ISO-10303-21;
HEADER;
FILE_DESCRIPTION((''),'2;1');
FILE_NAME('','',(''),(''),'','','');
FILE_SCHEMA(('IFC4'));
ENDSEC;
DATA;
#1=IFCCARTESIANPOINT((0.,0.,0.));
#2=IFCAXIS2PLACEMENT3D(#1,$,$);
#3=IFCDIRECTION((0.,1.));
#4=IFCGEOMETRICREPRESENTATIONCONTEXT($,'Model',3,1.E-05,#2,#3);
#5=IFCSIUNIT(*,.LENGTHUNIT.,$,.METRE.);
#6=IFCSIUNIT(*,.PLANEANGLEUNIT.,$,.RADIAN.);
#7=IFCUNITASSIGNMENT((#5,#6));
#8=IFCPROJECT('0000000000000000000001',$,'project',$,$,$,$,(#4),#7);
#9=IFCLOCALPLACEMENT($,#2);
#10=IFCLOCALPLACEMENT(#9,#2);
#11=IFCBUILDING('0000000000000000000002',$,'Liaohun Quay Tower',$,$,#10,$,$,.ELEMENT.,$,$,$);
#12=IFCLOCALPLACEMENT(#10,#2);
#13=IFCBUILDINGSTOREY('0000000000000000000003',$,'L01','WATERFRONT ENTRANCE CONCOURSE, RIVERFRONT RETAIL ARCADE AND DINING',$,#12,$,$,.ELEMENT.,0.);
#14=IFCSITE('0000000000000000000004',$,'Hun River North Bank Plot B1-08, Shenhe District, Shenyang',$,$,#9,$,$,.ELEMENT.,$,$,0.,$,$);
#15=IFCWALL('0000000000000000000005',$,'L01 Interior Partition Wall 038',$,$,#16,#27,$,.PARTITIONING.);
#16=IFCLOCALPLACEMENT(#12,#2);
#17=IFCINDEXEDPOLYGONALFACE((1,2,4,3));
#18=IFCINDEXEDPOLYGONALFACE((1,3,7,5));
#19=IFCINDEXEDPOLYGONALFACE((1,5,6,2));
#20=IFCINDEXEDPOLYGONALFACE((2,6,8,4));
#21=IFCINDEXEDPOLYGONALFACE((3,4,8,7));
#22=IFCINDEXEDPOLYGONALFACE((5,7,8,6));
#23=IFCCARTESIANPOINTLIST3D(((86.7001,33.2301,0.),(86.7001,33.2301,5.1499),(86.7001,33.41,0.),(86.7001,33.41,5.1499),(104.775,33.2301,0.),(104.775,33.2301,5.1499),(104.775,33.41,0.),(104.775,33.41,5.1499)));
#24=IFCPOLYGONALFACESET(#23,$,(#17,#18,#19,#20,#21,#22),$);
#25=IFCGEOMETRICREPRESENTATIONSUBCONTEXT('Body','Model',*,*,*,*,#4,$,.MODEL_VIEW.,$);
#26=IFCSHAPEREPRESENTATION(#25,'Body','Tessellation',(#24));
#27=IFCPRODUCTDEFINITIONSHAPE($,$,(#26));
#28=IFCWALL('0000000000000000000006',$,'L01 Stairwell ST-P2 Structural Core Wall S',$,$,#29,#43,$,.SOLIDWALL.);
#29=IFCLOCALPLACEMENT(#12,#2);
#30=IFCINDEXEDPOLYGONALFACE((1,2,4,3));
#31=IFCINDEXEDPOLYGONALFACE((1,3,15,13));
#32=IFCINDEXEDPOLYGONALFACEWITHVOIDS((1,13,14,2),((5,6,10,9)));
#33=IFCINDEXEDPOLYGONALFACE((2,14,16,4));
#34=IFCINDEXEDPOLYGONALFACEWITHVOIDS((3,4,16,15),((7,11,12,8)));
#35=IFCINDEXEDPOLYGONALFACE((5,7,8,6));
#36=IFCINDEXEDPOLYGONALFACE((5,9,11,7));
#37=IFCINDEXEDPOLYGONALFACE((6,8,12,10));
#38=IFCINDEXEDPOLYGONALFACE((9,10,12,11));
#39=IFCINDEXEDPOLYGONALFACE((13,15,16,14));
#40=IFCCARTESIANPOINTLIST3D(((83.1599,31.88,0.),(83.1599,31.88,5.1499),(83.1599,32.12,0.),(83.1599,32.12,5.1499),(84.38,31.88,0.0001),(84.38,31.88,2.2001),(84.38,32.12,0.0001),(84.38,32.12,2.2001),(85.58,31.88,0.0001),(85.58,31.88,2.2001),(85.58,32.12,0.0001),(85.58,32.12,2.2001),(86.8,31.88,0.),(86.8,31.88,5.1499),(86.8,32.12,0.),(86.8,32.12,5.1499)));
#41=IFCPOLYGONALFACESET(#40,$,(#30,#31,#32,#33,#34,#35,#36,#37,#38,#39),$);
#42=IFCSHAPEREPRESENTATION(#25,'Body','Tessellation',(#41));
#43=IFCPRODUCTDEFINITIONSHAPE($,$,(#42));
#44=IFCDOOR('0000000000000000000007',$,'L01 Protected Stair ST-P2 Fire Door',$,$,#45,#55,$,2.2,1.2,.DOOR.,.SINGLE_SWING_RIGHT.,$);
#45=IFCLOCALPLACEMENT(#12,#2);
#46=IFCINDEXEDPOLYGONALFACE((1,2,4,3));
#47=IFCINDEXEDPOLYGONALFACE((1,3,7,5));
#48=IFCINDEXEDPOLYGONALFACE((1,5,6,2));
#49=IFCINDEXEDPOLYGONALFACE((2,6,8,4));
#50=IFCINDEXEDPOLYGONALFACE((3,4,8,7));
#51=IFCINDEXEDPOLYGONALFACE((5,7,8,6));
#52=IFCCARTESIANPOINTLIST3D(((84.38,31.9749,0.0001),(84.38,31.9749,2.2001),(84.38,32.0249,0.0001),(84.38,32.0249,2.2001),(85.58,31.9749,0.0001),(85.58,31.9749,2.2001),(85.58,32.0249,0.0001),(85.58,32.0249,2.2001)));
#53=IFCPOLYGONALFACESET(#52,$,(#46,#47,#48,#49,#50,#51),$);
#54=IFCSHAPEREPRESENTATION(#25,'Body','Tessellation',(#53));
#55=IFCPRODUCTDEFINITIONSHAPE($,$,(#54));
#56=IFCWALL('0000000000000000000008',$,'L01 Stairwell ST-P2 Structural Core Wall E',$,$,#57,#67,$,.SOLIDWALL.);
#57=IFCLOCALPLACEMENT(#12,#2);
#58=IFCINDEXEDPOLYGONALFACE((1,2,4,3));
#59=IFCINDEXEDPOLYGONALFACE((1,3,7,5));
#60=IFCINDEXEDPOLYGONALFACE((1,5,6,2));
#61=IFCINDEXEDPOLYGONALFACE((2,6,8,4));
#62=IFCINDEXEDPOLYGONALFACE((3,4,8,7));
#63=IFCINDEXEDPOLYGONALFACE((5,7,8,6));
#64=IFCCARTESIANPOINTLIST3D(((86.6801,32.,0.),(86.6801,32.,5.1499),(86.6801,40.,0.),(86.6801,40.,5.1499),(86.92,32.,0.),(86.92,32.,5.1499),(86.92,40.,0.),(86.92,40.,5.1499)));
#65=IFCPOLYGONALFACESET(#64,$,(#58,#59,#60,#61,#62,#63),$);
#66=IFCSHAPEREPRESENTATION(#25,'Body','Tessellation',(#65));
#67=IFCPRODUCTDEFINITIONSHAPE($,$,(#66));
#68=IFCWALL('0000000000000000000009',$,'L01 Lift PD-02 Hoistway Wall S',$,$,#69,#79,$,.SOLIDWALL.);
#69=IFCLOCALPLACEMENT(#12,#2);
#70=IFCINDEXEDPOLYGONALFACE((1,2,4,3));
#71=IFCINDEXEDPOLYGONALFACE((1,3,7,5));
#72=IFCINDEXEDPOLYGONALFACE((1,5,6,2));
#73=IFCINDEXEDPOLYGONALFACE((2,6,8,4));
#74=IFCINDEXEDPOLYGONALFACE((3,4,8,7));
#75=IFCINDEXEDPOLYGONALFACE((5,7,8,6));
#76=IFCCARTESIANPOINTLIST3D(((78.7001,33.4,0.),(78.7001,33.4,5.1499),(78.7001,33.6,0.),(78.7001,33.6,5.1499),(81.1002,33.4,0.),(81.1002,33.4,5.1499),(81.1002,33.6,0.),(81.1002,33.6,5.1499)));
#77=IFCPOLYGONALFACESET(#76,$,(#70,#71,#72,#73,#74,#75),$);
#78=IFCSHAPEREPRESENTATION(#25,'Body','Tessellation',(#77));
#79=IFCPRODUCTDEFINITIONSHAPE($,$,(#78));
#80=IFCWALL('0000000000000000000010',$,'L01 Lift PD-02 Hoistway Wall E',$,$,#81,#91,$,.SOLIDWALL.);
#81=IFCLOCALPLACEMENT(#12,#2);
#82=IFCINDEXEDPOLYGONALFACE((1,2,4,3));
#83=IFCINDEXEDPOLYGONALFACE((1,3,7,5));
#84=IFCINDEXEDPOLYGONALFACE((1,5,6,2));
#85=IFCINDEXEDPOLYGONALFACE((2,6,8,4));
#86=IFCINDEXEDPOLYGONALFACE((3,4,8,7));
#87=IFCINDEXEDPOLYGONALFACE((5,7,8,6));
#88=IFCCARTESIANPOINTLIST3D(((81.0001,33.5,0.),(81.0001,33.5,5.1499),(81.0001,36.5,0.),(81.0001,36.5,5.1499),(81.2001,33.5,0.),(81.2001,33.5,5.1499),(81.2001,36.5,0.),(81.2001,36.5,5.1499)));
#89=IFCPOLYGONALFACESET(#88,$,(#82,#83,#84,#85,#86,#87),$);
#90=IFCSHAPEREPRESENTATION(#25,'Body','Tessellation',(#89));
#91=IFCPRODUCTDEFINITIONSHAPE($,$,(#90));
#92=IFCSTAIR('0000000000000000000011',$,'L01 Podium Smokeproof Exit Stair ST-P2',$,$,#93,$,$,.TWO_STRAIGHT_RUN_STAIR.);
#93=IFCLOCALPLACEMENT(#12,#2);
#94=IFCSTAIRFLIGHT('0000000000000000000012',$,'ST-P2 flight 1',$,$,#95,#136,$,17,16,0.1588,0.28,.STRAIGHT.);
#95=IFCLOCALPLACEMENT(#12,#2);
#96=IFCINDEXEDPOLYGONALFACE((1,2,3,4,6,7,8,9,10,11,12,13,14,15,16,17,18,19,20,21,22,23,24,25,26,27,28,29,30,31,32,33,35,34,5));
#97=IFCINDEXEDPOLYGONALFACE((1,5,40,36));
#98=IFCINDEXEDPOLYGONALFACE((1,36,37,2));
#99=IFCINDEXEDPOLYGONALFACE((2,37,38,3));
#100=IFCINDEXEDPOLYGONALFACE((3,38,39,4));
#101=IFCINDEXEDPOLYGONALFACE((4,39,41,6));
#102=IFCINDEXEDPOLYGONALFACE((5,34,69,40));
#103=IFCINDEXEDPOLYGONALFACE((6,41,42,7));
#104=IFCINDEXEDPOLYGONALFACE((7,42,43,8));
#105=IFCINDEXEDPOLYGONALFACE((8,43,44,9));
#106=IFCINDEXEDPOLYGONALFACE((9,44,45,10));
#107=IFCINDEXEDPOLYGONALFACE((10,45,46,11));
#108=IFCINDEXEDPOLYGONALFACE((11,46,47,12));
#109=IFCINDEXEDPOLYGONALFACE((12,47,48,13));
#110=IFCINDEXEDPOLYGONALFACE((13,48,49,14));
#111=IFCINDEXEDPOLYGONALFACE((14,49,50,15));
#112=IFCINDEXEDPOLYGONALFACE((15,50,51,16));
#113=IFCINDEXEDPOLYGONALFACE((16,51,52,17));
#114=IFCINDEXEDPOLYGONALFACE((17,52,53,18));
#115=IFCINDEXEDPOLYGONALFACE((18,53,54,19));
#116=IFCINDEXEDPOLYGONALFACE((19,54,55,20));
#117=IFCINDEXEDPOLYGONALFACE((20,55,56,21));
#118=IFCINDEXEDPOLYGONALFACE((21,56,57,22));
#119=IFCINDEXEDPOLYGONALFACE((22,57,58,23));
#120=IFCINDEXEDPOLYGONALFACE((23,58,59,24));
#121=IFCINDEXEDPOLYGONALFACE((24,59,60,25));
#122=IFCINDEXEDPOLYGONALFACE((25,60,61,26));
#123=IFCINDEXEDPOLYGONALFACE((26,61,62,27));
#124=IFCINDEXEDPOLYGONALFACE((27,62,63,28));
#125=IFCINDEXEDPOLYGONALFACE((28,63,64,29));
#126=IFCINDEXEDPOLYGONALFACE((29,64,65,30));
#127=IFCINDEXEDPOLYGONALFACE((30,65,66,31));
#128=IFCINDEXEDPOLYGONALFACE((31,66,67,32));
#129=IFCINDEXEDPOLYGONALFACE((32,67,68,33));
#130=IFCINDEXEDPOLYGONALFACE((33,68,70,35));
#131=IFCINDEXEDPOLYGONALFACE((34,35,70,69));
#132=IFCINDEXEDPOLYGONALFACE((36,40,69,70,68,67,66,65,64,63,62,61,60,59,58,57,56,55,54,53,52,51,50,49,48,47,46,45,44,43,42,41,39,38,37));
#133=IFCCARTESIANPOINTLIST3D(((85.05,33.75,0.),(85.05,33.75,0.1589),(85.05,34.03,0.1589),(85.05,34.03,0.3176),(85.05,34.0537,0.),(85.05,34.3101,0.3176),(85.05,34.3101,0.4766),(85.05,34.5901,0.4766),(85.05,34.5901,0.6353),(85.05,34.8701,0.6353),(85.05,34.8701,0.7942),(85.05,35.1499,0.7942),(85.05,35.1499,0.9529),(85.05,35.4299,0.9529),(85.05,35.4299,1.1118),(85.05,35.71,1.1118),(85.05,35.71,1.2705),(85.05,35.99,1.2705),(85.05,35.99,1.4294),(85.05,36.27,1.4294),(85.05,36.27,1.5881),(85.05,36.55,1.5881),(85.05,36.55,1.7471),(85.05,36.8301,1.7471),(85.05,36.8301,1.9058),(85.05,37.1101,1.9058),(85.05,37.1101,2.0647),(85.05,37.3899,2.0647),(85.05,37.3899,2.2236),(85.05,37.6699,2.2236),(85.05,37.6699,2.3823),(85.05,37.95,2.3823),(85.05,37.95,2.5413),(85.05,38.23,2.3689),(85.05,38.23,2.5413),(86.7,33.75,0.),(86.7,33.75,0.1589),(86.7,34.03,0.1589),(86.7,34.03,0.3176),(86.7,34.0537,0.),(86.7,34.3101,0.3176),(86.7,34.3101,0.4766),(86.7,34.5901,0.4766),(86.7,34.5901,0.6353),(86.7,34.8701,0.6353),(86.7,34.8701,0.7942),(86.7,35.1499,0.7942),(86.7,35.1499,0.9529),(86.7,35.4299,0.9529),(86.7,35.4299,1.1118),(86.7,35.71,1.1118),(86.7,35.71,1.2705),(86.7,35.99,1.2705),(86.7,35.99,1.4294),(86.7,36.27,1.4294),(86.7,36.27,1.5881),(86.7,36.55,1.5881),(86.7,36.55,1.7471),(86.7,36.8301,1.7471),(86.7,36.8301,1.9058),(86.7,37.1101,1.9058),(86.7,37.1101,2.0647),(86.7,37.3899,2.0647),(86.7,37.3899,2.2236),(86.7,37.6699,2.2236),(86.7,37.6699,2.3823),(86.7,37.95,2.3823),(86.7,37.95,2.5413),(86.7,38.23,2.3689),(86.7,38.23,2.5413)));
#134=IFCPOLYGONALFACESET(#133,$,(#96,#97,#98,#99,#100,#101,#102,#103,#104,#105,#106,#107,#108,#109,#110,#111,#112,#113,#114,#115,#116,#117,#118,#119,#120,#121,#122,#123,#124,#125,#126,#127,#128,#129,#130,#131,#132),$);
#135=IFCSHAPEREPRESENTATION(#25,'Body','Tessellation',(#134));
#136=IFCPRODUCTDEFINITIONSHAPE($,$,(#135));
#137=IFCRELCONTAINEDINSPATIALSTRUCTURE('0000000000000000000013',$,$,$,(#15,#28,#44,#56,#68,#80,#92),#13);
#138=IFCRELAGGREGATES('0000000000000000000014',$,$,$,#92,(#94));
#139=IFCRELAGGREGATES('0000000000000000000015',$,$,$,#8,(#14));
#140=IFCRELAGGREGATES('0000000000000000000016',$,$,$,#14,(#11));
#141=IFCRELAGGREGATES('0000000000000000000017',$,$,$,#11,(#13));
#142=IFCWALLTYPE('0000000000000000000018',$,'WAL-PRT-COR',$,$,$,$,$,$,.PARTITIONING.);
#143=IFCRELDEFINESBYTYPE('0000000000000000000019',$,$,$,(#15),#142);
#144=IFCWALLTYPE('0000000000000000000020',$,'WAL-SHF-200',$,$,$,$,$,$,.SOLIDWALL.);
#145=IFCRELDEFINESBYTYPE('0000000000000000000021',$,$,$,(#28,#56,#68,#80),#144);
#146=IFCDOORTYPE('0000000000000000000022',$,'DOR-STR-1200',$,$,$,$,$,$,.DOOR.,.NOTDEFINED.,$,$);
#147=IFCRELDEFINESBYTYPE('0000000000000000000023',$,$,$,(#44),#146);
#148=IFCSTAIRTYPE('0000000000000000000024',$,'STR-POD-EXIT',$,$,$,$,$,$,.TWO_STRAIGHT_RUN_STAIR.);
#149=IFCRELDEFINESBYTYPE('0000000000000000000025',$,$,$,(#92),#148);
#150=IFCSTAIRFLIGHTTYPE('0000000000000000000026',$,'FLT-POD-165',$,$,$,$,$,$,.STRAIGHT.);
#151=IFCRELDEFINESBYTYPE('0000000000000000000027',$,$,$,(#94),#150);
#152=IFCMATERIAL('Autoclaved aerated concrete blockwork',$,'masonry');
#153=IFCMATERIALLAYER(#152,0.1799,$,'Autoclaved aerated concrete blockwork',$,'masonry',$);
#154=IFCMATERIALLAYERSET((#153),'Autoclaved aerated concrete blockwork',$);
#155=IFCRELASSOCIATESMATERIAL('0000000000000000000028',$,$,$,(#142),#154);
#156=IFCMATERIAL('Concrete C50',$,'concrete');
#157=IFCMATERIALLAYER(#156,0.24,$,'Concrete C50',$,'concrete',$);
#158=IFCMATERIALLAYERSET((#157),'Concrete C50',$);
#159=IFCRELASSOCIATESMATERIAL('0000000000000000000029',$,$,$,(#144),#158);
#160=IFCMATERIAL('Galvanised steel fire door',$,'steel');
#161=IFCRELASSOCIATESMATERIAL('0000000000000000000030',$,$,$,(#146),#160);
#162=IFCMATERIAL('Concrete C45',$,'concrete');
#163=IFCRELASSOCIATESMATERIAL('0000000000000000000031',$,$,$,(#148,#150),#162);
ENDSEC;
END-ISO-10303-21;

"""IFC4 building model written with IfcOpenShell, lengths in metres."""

from ifc_helpers import new_model, si_unit, direction, frame, frame_2d, origin, place, context, subcontext, project, spatial, polyline, rectangle, outline, extrude, source, transform, mapped, material, layer, layer_set, type_object, element, fill, aggregate, save


model = new_model("IFC4")

# Units and contexts
model_context = context("Model", 3, precision=1e-05, world=origin(), true_north=direction((0.0, 1.0)))
body_context = subcontext(model_context, "Body", "Model", "MODEL_VIEW")
ifc_project = project(units=[si_unit("LENGTHUNIT", "METRE"), si_unit("PLANEANGLEUNIT", "RADIAN")], contexts=[model_context])

# Site, building, storey
site_placement = place(None, origin())
site = spatial("IfcSite", under=ifc_project, at=site_placement, Name="Hun River North Bank Plot B1-08, Shenhe District, Shenyang", CompositionType="ELEMENT", RefElevation=0.0)
building_placement = place(site_placement, origin())
building = spatial("IfcBuilding", under=site, at=building_placement, Name="Liaohun Quay Tower", CompositionType="ELEMENT")
storey_placement = place(building_placement, origin())
storey = spatial("IfcBuildingStorey", under=building, at=storey_placement, Name="L01", Description="WATERFRONT ENTRANCE CONCOURSE, RIVERFRONT RETAIL ARCADE AND DINING", CompositionType="ELEMENT", Elevation=0.0)

# Shared definitions
ifc_material_1 = material(Name="Autoclaved aerated concrete blockwork", Category="masonry")
ifc_layer_1 = layer(ifc_material_1, 0.1799, Name="Autoclaved aerated concrete blockwork", Category="masonry")
ifc_layer_set_1 = layer_set([ifc_layer_1], Name="Autoclaved aerated concrete blockwork")
wall_type_1 = type_object("IfcWallType", Name="WAL-PRT-COR", PredefinedType="PARTITIONING", material=ifc_layer_set_1)

# Wall
wall_1_placement = place(storey_placement, frame((86.7, 33.3201, 0.0), z_axis=(0.0, 0.0, 1.0), x_axis=(1.0, 0.0, 0.0)))
element("IfcWall", 1, at=wall_1_placement, inside=storey, type_object=wall_type_1, Name="L01 Interior Partition Wall 038", PredefinedType="PARTITIONING", context=body_context, shape_type="SweptSolid", body=[
    extrude(rectangle(XDim=18.075, YDim=0.1799, at=frame_2d((9.0376, 0.0))), origin(), (0.0, 0.0, 1.0), 5.1499),
])

# Wall, opening, door
ifc_material_2 = material(Name="Concrete C50", Category="concrete")
ifc_layer_2 = layer(ifc_material_2, 0.24, Name="Concrete C50", Category="concrete")
ifc_layer_set_2 = layer_set([ifc_layer_2], Name="Concrete C50")
wall_type_2 = type_object("IfcWallType", Name="WAL-SHF-200", PredefinedType="SOLIDWALL", material=ifc_layer_set_2)
wall_2_placement = place(storey_placement, frame((83.1599, 32.0, 0.0), z_axis=(0.0, 0.0, 1.0), x_axis=(1.0, 0.0, 0.0)))
wall_2 = element("IfcWall", 2, at=wall_2_placement, inside=storey, type_object=wall_type_2, Name="L01 Stairwell ST-P2 Structural Core Wall S", PredefinedType="SOLIDWALL", context=body_context, shape_type="SweptSolid", body=[
    extrude(rectangle(XDim=3.6401, YDim=0.24, at=frame_2d((1.8201, 0.0))), origin(), (0.0, 0.0, 1.0), 5.1499),
])
shared_shape_1 = source(origin(), body_context, "Body", "SweptSolid", [
    extrude(rectangle(XDim=1.2, YDim=2.2, at=frame_2d((0.6001, 1.1001))), frame((0.0, 0.1299, 0.0), z_axis=(0.0, -1.0, 0.0), x_axis=(1.0, 0.0, 0.0)), (0.0, 0.0, 1.0), 0.26),
])
opening_1_placement = place(wall_2_placement, frame((1.22, 0.0, 0.0)))
opening_1 = element("IfcOpeningElement", 3, at=opening_1_placement, cuts=wall_2, PredefinedType="OPENING", context=body_context, shape_type="MappedRepresentation", body=[
    mapped(shared_shape_1, transform((0.0, 0.0, 0.0), x_axis=(1.0, 0.0, 0.0), y_axis=(0.0, 1.0, 0.0), z_axis=(0.0, 0.0, 1.0), scale=1.0)),
])
ifc_material_3 = material(Name="Galvanised steel fire door", Category="steel")
door_type_1 = type_object("IfcDoorType", Name="DOR-STR-1200", OperationType="NOTDEFINED", PredefinedType="DOOR", material=ifc_material_3)
shared_shape_2 = source(origin(), body_context, "Body", "SweptSolid", [
    extrude(rectangle(XDim=1.2, YDim=2.2, at=frame_2d((0.6001, 1.1001))), frame((0.0, 0.0249, 0.0), z_axis=(0.0, -1.0, 0.0), x_axis=(1.0, 0.0, 0.0)), (0.0, 0.0, 1.0), 0.05),
])
door_1_placement = place(opening_1_placement, origin())
door_1 = element("IfcDoor", 4, at=door_1_placement, inside=storey, type_object=door_type_1, Name="L01 Protected Stair ST-P2 Fire Door", OperationType="SINGLE_SWING_RIGHT", OverallHeight=2.2, OverallWidth=1.2, PredefinedType="DOOR", context=body_context, shape_type="MappedRepresentation", body=[
    mapped(shared_shape_2, transform((0.0, 0.0, 0.0), x_axis=(1.0, 0.0, 0.0), y_axis=(0.0, 1.0, 0.0), z_axis=(0.0, 0.0, 1.0), scale=1.0)),
])
fill(opening_1, door_1)

# Walls
wall_3_placement = place(storey_placement, frame((86.8, 32.0, 0.0), z_axis=(0.0, 0.0, 1.0), x_axis=(0.0, 1.0, 0.0)))
element("IfcWall", 5, at=wall_3_placement, inside=storey, type_object=wall_type_2, Name="L01 Stairwell ST-P2 Structural Core Wall E", PredefinedType="SOLIDWALL", context=body_context, shape_type="SweptSolid", body=[
    extrude(rectangle(XDim=8.0, YDim=0.24, at=frame_2d((4.0, 0.0))), origin(), (0.0, 0.0, 1.0), 5.1499),
])
wall_4_placement = place(storey_placement, frame((78.7, 33.5, 0.0), z_axis=(0.0, 0.0, 1.0), x_axis=(1.0, 0.0, 0.0)))
element("IfcWall", 6, at=wall_4_placement, inside=storey, type_object=wall_type_2, Name="L01 Lift PD-02 Hoistway Wall S", PredefinedType="SOLIDWALL", context=body_context, shape_type="SweptSolid", body=[
    extrude(rectangle(XDim=2.4001, YDim=0.2, at=frame_2d((1.2002, 0.0))), origin(), (0.0, 0.0, 1.0), 5.1499),
])
wall_5_placement = place(storey_placement, frame((81.1001, 33.5, 0.0), z_axis=(0.0, 0.0, 1.0), x_axis=(0.0, 1.0, 0.0)))
element("IfcWall", 7, at=wall_5_placement, inside=storey, type_object=wall_type_2, Name="L01 Lift PD-02 Hoistway Wall E", PredefinedType="SOLIDWALL", context=body_context, shape_type="SweptSolid", body=[
    extrude(rectangle(XDim=3.0, YDim=0.2, at=frame_2d((1.5, 0.0))), origin(), (0.0, 0.0, 1.0), 5.1499),
])

# Stair, stair flight
ifc_material_4 = material(Name="Concrete C45", Category="concrete")
stair_type = type_object("IfcStairType", Name="STR-POD-EXIT", PredefinedType="TWO_STRAIGHT_RUN_STAIR", material=ifc_material_4)
stair_placement = place(storey_placement, origin())
stair = element("IfcStair", 8, at=stair_placement, inside=storey, type_object=stair_type, Name="L01 Podium Smokeproof Exit Stair ST-P2", PredefinedType="TWO_STRAIGHT_RUN_STAIR")
stair_flight_type = type_object("IfcStairFlightType", Name="FLT-POD-165", PredefinedType="STRAIGHT", material=ifc_material_4)
stair_flight_placement = place(storey_placement, frame((85.875, 33.75, 0.0), z_axis=(0.0, 0.0, 1.0), x_axis=(0.0, 1.0, 0.0)))
stair_flight = element("IfcStairFlight", 9, at=stair_flight_placement, type_object=stair_flight_type, Name="ST-P2 flight 1", NumberOfRisers=17, NumberOfTreads=16, PredefinedType="STRAIGHT", RiserHeight=0.1588, TreadLength=0.28, context=body_context, shape_type="SweptSolid", body=[
    extrude(outline(polyline([(0.0, 0.0), (0.0, 0.1589), (0.28, 0.1589), (0.28, 0.3176), (0.5601, 0.3176), (0.5601, 0.4766), (0.8401, 0.4766), (0.8401, 0.6353), (1.1201, 0.6353), (1.1201, 0.7942), (1.3999, 0.7942), (1.3999, 0.9529), (1.6799, 0.9529), (1.6799, 1.1118), (1.96, 1.1118), (1.96, 1.2705), (2.24, 1.2705), (2.24, 1.4294), (2.52, 1.4294), (2.52, 1.5881), (2.8, 1.5881), (2.8, 1.7471), (3.0801, 1.7471), (3.0801, 1.9058), (3.3601, 1.9058), (3.3601, 2.0647), (3.6399, 2.0647), (3.6399, 2.2236), (3.9199, 2.2236), (3.9199, 2.3823), (4.2, 2.3823), (4.2, 2.5413), (4.48, 2.5413), (4.48, 2.7), (4.48, 2.3689), (0.3037, 0.0), (0.0, 0.0)])), frame((0.0, 0.825, 0.0), z_axis=(0.0, -1.0, 0.0), x_axis=(1.0, 0.0, 0.0)), (0.0, 0.0, 1.0), 1.6499),
])
aggregate(stair, [stair_flight])

save(model, "model.ifc")
